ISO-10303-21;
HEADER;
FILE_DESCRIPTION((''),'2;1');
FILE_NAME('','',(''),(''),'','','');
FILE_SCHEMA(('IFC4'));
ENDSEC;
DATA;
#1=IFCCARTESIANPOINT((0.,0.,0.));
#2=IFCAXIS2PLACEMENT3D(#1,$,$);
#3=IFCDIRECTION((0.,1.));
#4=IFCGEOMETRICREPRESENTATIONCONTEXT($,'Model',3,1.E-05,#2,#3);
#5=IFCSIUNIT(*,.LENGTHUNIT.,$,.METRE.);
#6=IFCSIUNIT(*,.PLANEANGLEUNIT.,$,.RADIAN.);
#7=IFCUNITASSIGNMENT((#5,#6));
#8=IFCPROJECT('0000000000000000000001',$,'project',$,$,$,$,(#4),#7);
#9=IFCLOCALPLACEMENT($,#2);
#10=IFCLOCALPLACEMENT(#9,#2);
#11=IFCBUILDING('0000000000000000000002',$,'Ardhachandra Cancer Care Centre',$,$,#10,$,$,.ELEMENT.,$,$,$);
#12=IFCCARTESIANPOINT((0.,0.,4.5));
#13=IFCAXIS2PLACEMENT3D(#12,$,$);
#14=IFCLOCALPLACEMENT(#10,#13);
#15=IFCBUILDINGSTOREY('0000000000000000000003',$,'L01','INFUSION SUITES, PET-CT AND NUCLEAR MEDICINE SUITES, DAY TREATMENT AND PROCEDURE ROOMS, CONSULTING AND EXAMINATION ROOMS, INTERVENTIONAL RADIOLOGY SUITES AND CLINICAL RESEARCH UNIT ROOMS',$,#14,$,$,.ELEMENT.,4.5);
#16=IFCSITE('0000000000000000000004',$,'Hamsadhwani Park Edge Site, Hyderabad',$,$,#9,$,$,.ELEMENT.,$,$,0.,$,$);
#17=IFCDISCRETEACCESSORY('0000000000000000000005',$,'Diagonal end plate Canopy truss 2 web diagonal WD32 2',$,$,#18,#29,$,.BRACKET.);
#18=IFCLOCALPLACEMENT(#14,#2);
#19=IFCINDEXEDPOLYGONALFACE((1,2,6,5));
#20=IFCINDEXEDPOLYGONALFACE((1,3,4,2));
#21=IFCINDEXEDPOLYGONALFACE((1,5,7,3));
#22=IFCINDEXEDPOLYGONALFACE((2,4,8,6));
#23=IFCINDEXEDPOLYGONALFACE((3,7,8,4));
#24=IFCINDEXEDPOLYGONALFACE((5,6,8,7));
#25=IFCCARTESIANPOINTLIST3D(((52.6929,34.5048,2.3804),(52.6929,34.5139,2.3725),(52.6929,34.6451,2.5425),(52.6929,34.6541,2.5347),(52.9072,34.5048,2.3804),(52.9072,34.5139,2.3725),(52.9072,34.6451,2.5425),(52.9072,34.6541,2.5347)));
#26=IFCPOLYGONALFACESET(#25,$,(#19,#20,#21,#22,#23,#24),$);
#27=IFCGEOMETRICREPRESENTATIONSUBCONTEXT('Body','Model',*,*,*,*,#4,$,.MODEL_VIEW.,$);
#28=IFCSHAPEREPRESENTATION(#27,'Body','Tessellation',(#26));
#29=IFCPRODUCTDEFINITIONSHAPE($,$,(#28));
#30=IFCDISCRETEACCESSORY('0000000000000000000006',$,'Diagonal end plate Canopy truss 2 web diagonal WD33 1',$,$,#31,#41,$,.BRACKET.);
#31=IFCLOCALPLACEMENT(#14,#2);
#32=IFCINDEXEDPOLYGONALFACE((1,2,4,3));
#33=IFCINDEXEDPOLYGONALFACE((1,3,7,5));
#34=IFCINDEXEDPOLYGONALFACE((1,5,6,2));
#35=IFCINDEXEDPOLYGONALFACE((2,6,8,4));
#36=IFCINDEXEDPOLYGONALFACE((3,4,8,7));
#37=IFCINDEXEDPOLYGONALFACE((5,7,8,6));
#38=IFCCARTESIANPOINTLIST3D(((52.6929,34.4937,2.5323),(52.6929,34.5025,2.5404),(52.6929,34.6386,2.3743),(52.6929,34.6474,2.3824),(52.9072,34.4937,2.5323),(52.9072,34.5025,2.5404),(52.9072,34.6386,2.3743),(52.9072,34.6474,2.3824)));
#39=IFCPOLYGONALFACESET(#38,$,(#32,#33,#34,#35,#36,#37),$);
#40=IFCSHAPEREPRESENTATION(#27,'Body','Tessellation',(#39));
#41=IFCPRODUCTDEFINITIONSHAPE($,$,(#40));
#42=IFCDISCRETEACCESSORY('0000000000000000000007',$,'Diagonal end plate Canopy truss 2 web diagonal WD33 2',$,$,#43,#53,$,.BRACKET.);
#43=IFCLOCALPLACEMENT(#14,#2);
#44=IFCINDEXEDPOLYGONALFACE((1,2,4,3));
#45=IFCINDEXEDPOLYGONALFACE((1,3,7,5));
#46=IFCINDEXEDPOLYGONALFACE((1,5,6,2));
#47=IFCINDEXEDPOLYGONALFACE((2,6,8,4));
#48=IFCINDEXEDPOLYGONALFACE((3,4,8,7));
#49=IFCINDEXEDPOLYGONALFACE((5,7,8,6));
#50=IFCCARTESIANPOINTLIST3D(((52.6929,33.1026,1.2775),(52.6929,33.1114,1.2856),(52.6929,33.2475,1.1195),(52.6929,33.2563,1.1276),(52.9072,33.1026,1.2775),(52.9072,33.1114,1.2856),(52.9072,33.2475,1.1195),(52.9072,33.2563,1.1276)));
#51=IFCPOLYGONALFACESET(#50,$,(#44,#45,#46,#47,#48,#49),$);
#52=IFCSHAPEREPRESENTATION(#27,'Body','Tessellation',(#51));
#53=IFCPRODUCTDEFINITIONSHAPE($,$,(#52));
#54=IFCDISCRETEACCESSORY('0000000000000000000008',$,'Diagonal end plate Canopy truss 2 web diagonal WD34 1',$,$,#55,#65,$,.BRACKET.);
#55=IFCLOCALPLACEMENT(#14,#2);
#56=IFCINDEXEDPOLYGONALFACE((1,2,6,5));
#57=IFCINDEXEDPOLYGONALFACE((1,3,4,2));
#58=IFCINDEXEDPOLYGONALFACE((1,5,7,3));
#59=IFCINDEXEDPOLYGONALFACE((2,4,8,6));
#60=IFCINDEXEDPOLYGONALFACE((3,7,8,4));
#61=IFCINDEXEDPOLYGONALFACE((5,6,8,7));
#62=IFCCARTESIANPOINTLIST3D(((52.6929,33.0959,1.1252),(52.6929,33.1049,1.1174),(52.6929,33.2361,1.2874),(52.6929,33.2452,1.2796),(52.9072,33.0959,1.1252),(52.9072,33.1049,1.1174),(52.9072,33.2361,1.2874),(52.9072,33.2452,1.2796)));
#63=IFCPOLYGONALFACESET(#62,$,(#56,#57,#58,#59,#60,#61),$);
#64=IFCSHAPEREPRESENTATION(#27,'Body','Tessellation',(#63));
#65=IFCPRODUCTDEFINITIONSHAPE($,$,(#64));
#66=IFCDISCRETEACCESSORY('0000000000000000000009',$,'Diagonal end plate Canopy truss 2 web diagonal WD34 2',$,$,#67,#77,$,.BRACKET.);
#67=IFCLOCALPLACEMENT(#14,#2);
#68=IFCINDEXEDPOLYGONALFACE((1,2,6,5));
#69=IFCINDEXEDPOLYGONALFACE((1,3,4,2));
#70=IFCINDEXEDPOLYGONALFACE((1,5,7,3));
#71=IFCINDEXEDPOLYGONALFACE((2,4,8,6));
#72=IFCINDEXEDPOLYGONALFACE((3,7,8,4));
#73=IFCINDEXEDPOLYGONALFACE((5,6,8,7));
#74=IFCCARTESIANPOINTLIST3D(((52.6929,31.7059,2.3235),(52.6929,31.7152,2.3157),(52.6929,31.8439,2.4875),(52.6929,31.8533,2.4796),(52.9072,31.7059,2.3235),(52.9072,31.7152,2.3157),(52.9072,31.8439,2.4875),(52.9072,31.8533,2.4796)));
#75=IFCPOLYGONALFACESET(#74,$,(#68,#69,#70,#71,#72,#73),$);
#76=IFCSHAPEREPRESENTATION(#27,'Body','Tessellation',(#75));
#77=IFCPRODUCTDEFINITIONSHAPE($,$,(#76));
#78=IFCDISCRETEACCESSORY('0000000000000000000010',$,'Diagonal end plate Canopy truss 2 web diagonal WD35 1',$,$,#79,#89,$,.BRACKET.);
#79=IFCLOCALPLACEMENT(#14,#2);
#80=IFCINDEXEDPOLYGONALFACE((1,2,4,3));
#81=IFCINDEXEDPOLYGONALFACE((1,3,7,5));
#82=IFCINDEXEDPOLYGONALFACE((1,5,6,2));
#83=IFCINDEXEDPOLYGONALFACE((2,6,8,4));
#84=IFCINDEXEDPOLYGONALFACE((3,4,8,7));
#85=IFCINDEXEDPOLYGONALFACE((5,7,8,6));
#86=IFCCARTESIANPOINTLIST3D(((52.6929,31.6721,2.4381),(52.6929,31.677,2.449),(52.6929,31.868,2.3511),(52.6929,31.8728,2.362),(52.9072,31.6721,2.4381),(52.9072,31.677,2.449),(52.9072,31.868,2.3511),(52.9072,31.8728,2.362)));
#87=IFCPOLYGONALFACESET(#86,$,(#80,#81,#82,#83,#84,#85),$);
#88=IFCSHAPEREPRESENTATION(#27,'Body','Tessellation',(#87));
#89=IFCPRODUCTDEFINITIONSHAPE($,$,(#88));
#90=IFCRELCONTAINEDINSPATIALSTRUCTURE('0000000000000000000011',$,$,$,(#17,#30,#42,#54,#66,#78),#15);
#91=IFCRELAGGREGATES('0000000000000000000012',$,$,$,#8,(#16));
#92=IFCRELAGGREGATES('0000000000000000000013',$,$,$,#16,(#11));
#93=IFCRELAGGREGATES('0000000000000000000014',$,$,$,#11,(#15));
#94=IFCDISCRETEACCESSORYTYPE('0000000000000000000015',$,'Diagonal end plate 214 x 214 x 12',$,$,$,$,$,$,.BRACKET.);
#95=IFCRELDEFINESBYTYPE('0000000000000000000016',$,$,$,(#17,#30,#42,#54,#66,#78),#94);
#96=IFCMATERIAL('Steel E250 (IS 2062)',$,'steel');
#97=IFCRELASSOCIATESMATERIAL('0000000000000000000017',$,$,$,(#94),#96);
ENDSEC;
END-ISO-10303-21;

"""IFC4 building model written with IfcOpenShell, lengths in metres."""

from ifc_helpers import new_model, si_unit, direction, frame, origin, origin_2d, place, context, subcontext, project, spatial, rectangle, extrude, material, material_profile, profile_set, type_object, element, save


model = new_model("IFC4")

# Units and contexts
model_context = context("Model", 3, precision=1e-05, world=origin(), true_north=direction((0.0, 1.0)))
body_context = subcontext(model_context, "Body", "Model", "MODEL_VIEW")
ifc_project = project(units=[si_unit("LENGTHUNIT", "METRE"), si_unit("PLANEANGLEUNIT", "RADIAN")], contexts=[model_context])

# Site, building, storey
site_placement = place(None, origin())
site = spatial("IfcSite", under=ifc_project, at=site_placement, Name="Hamsadhwani Park Edge Site, Hyderabad", CompositionType="ELEMENT", RefElevation=0.0)
building_placement = place(site_placement, origin())
building = spatial("IfcBuilding", under=site, at=building_placement, Name="Ardhachandra Cancer Care Centre", CompositionType="ELEMENT")
storey_placement = place(building_placement, frame((0.0, 0.0, 4.5)))
storey = spatial("IfcBuildingStorey", under=building, at=storey_placement, Name="L01", Description="INFUSION SUITES, PET-CT AND NUCLEAR MEDICINE SUITES, DAY TREATMENT AND PROCEDURE ROOMS, CONSULTING AND EXAMINATION ROOMS, INTERVENTIONAL RADIOLOGY SUITES AND CLINICAL RESEARCH UNIT ROOMS", CompositionType="ELEMENT", Elevation=4.5)

# Discrete accessories
ifc_material_1 = material(Name="Steel E250 (IS 2062)", Category="steel")
ifc_material_profile_1 = material_profile(ifc_material_1, rectangle(XDim=0.2144, YDim=0.2144, at=origin_2d()), Name="PL 214x214x12")
ifc_profile_set_1 = profile_set([ifc_material_profile_1], Name="Steel E250 (IS 2062)")
discrete_accessory_type = type_object("IfcDiscreteAccessoryType", Name="Diagonal end plate 214 x 214 x 12", PredefinedType="BRACKET", material=ifc_profile_set_1)
for number, where, z_axis, x_axis, name in (
    (1, (52.8, 34.575, 2.4614), (0.0, 0.756363, -0.654152), (-1.0, 0.0, 0.0), "Diagonal end plate Canopy truss 2 web diagonal WD32 2"),
    (2, (52.8, 34.575, 2.4614), (0.0, -0.737154, -0.675725), (1.0, 0.0, 0.0), "Diagonal end plate Canopy truss 2 web diagonal WD33 1"),
    (3, (52.8, 33.175, 1.1985), (0.0, 0.737154, 0.675725), (-1.0, 0.0, 0.0), "Diagonal end plate Canopy truss 2 web diagonal WD33 2"),
    (4, (52.8, 33.175, 1.1985), (0.0, -0.756363, 0.654152), (1.0, 0.0, 0.0), "Diagonal end plate Canopy truss 2 web diagonal WD34 1"),
):
    element("IfcDiscreteAccessory", number, at=place(storey_placement, frame(where, z_axis=z_axis, x_axis=x_axis)), inside=storey, type_object=discrete_accessory_type, Name=name, PredefinedType="BRACKET", context=body_context, shape_type="SweptSolid", body=[
        extrude(rectangle(XDim=0.2144, YDim=0.2144, at=origin_2d()), origin(), (0.0, 0.0, 1.0), 0.012),
    ])
discrete_accessory_1_placement = place(storey_placement, frame((52.8, 31.7749, 2.4055), z_axis=(0.0, 0.764911, -0.644136), x_axis=(-1.0, 0.0, 0.0)))
element("IfcDiscreteAccessory", 5, at=discrete_accessory_1_placement, inside=storey, type_object=discrete_accessory_type, Name="Diagonal end plate Canopy truss 2 web diagonal WD34 2", PredefinedType="BRACKET", context=body_context, shape_type="SweptSolid", body=[
    extrude(rectangle(XDim=0.2144, YDim=0.2144, at=origin_2d()), origin(), (0.0, 0.0, 1.0), 0.0122),
])
discrete_accessory_2_placement = place(storey_placement, frame((52.8, 31.7749, 2.4055), z_axis=(0.0, -0.406138, -0.913812), x_axis=(1.0, 0.0, 0.0)))
element("IfcDiscreteAccessory", 6, at=discrete_accessory_2_placement, inside=storey, type_object=discrete_accessory_type, Name="Diagonal end plate Canopy truss 2 web diagonal WD35 1", PredefinedType="BRACKET", context=body_context, shape_type="SweptSolid", body=[
    extrude(rectangle(XDim=0.2144, YDim=0.2144, at=origin_2d()), origin(), (0.0, 0.0, 1.0), 0.012),
])

save(model, "model.ifc")
